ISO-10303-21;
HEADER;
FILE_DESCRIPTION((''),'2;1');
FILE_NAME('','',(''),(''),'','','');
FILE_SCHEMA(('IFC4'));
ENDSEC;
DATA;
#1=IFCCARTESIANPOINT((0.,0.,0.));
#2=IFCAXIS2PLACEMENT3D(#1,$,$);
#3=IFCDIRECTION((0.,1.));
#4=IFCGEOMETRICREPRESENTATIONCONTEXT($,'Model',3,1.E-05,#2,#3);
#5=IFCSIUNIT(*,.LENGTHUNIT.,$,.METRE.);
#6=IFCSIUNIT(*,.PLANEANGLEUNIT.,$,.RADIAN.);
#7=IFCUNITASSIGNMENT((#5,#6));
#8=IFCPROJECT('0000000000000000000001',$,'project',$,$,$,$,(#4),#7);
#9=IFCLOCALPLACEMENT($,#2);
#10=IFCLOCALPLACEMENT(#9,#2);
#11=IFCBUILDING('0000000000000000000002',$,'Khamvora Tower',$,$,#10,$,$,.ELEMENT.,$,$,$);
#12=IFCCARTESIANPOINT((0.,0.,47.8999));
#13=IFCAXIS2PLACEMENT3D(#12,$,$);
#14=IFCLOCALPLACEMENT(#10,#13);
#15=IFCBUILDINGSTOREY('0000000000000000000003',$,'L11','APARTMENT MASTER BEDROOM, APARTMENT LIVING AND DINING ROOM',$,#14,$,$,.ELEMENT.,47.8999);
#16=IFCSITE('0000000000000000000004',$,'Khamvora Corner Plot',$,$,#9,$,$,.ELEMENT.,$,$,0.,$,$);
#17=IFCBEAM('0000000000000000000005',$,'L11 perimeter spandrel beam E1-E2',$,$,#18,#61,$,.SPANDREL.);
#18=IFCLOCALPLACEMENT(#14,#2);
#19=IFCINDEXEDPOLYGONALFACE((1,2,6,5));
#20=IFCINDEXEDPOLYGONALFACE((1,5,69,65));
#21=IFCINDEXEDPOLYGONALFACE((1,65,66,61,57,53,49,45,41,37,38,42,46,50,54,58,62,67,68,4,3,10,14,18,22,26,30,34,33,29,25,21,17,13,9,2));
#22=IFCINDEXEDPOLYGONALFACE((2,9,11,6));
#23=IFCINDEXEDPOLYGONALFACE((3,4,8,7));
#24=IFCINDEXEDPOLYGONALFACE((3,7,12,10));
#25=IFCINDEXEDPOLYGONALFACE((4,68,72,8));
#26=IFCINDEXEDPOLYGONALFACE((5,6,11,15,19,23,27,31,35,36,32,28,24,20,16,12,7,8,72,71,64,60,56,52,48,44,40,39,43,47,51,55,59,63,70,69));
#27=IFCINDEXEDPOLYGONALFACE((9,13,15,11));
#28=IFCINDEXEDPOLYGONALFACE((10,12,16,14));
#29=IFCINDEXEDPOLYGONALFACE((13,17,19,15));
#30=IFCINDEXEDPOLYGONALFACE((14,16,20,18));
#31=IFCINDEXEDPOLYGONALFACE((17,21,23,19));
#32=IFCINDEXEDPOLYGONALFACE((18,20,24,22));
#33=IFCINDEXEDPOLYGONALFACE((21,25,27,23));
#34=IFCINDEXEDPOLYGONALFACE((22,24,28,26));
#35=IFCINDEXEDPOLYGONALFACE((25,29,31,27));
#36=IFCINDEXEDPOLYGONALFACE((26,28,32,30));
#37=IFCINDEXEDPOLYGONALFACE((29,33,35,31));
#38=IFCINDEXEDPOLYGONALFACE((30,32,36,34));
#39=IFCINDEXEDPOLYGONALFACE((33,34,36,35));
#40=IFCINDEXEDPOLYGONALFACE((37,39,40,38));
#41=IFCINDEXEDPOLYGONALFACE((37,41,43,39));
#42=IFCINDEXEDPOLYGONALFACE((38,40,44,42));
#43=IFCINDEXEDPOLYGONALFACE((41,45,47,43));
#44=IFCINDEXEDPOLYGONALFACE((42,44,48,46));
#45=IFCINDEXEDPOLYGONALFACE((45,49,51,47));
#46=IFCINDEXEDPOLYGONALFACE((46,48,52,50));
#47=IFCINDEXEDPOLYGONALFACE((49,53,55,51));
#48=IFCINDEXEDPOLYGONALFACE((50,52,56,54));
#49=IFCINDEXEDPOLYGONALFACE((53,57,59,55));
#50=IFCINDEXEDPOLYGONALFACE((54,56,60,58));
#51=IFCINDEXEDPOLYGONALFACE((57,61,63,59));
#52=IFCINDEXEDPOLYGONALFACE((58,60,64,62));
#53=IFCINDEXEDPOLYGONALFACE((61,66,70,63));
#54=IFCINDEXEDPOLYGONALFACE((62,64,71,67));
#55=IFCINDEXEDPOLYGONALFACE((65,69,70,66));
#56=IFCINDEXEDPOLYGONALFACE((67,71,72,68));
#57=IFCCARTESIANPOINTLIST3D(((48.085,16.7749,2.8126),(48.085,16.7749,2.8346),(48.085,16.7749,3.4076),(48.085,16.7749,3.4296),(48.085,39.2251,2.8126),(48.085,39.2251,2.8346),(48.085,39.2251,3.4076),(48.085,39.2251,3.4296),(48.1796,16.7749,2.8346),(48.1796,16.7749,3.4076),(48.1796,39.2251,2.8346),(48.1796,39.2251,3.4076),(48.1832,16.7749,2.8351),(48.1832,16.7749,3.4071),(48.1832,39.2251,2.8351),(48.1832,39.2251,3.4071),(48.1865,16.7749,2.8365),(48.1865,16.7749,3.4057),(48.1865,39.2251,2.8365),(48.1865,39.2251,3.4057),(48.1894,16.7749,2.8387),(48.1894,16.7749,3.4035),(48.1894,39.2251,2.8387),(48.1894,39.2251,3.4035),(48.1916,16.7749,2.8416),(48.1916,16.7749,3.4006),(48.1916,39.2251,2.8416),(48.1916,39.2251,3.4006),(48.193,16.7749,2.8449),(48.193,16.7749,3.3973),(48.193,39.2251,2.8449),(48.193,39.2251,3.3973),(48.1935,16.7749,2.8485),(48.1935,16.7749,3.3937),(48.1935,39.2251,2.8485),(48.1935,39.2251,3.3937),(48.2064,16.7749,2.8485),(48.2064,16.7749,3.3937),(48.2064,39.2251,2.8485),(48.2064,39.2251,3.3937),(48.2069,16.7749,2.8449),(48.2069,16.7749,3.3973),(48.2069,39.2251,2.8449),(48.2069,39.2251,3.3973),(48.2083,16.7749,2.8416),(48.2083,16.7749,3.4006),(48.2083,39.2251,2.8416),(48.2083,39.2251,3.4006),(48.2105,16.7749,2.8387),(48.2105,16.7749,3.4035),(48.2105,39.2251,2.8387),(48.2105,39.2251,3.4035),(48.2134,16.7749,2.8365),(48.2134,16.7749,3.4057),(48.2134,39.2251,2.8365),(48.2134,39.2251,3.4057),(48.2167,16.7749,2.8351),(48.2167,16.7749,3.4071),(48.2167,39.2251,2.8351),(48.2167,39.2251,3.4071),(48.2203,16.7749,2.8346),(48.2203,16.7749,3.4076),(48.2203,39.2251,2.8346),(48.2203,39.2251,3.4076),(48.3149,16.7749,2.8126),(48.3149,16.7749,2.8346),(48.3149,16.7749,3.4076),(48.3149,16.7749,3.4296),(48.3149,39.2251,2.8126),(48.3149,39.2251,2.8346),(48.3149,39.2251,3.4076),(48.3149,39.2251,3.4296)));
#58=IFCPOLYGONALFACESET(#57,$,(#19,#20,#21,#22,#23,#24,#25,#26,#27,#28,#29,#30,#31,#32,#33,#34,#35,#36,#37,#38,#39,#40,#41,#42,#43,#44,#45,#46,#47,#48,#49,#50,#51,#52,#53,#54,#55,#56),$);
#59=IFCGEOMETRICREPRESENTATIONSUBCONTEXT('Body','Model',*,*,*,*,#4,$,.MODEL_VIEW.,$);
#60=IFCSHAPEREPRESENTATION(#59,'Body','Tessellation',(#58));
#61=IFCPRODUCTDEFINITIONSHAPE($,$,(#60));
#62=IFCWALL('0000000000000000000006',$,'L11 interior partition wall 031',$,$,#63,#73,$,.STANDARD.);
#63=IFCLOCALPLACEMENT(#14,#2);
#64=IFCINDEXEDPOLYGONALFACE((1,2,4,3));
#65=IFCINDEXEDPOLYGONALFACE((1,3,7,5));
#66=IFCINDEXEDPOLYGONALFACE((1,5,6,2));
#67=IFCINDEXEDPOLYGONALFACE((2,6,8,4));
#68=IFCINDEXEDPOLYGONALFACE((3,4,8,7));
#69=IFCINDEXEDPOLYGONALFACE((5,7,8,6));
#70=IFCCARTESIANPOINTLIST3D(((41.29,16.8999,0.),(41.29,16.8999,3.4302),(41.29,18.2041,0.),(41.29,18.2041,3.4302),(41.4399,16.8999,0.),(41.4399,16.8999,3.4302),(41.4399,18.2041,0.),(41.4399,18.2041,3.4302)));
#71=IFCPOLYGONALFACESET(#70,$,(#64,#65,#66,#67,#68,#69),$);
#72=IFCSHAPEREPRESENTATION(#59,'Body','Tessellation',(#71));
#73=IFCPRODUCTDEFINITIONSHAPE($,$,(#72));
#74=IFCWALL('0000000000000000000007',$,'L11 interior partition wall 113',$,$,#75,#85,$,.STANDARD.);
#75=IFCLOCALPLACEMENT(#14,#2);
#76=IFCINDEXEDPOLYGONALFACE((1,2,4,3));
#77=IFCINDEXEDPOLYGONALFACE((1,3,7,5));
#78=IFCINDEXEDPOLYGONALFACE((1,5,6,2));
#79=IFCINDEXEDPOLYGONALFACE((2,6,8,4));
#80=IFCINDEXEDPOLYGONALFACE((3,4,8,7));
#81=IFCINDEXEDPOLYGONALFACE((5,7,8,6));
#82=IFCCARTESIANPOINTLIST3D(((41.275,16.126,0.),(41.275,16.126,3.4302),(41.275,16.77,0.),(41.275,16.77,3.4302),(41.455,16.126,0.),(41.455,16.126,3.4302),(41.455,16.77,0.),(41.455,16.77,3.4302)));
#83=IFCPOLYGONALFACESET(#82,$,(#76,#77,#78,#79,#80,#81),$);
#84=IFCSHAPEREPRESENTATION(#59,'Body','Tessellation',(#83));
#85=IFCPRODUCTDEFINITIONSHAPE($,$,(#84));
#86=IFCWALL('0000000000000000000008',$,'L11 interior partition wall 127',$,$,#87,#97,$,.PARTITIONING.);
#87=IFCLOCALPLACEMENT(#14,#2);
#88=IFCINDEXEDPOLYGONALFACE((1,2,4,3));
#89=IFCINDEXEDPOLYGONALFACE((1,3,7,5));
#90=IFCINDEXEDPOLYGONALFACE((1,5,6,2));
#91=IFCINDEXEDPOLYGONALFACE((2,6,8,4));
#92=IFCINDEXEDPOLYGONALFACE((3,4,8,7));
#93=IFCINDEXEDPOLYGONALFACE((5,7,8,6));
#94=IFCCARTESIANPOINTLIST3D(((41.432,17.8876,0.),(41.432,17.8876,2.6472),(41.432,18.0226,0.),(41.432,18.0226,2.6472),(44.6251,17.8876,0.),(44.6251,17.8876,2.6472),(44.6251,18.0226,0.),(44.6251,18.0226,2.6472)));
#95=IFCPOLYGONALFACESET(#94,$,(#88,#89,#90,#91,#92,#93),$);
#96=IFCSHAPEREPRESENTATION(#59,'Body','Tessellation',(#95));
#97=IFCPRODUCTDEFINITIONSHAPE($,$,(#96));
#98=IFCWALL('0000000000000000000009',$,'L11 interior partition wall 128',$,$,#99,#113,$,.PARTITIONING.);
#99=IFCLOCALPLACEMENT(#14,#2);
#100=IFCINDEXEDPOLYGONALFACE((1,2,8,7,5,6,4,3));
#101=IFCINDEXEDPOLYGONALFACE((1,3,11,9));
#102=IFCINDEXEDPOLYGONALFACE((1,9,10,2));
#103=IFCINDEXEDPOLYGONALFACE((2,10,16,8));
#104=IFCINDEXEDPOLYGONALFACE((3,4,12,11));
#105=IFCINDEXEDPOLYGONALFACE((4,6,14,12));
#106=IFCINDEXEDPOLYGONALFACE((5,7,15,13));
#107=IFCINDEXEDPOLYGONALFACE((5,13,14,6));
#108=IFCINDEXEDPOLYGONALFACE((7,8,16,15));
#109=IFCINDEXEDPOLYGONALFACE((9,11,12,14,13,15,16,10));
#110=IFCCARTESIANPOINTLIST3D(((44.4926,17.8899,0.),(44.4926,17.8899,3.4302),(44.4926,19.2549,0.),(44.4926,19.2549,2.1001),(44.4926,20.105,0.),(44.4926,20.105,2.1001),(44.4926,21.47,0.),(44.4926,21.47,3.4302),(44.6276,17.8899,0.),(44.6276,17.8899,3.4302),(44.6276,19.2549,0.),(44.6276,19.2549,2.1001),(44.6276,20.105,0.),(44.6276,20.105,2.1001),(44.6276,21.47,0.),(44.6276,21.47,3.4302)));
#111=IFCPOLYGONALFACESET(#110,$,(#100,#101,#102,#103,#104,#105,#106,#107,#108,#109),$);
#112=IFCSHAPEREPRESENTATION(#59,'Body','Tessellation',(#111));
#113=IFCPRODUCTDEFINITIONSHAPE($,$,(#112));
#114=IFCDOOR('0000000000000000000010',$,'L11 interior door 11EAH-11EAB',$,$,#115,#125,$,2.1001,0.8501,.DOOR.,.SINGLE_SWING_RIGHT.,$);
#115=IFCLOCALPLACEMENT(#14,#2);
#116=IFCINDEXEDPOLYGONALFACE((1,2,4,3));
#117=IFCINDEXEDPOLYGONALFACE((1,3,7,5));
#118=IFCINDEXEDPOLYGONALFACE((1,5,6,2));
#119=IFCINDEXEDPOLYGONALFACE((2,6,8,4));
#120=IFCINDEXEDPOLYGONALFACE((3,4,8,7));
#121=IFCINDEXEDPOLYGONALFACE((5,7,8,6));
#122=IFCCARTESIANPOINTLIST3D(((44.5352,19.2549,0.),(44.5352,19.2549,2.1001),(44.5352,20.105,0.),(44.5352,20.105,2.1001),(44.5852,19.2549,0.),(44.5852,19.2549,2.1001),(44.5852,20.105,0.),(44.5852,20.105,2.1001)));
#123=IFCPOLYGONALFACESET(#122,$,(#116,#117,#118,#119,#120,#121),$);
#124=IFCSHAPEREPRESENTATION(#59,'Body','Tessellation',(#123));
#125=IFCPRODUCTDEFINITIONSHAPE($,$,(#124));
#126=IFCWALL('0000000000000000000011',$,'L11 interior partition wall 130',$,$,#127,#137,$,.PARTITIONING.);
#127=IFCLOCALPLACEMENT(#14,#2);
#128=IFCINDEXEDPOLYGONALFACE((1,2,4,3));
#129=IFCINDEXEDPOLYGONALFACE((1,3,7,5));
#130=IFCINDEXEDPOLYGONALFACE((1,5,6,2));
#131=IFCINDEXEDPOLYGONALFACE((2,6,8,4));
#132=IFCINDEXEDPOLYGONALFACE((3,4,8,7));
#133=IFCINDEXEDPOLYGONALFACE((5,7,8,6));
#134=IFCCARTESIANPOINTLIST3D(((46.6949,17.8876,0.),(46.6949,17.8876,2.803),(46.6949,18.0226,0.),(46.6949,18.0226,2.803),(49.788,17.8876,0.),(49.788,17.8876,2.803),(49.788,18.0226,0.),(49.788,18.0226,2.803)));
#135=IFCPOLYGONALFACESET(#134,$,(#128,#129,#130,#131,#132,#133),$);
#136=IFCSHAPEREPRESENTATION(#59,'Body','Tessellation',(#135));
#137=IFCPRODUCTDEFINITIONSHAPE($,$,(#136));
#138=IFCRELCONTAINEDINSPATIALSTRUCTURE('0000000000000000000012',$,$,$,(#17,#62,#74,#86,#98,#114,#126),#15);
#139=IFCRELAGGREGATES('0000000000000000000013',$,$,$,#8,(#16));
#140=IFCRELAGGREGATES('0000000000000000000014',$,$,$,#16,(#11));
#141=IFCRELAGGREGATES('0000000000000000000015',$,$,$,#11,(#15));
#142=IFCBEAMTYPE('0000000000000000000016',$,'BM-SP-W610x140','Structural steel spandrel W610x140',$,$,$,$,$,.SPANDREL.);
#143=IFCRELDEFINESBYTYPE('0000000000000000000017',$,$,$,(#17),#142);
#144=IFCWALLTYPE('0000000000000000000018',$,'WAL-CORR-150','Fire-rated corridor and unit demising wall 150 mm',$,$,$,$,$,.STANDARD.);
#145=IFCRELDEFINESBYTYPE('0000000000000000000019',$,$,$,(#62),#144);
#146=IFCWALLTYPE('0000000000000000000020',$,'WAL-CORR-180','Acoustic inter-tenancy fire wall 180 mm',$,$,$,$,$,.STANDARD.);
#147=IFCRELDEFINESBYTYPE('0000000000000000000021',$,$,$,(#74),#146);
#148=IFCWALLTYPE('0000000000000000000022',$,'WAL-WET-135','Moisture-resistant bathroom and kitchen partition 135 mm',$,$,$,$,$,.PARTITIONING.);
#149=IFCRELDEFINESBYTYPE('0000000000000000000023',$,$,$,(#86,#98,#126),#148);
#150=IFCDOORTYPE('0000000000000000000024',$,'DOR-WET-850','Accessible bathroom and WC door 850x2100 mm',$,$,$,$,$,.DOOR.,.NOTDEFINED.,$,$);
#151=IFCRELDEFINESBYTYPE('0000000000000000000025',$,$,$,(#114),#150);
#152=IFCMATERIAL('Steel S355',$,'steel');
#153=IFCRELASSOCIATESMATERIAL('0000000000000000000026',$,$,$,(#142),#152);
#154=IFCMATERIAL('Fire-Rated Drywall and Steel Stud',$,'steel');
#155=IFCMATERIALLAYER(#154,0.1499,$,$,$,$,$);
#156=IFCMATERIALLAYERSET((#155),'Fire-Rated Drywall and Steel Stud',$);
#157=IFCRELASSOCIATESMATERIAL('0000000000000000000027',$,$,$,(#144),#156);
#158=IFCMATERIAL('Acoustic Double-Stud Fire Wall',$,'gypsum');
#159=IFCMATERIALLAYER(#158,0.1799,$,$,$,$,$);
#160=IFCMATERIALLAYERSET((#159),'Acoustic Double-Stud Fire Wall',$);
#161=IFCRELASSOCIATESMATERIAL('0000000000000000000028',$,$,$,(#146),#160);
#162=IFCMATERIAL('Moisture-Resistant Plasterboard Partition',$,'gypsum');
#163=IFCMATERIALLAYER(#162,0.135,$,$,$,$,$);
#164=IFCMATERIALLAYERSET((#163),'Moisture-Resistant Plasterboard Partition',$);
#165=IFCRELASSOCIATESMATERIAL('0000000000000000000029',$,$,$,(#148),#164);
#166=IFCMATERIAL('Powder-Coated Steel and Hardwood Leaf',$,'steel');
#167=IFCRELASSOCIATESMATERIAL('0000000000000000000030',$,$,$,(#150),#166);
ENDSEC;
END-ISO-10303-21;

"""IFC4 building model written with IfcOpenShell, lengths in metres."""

from ifc_helpers import new_model, si_unit, direction, frame, frame_2d, origin, origin_2d, place, context, subcontext, project, spatial, rectangle, i_section, extrude, material, layer, layer_set, material_profile, profile_set, type_object, element, fill, save


model = new_model("IFC4")

# Units and contexts
model_context = context("Model", 3, precision=1e-05, world=origin(), true_north=direction((0.0, 1.0)))
body_context = subcontext(model_context, "Body", "Model", "MODEL_VIEW")
ifc_project = project(units=[si_unit("LENGTHUNIT", "METRE"), si_unit("PLANEANGLEUNIT", "RADIAN")], contexts=[model_context])

# Site, building, storey
site_placement = place(None, origin())
site = spatial("IfcSite", under=ifc_project, at=site_placement, Name="Khamvora Corner Plot", CompositionType="ELEMENT", RefElevation=0.0)
building_placement = place(site_placement, origin())
building = spatial("IfcBuilding", under=site, at=building_placement, Name="Khamvora Tower", CompositionType="ELEMENT")
storey_placement = place(building_placement, frame((0.0, 0.0, 47.8999)))
storey = spatial("IfcBuildingStorey", under=building, at=storey_placement, Name="L11", Description="APARTMENT MASTER BEDROOM, APARTMENT LIVING AND DINING ROOM", CompositionType="ELEMENT", Elevation=47.8999)

# Beam
ifc_material_1 = material(Name="Steel S355", Category="steel")
ifc_material_profile_1 = material_profile(ifc_material_1, i_section(OverallWidth=0.23, OverallDepth=0.6169, WebThickness=0.0129, FlangeThickness=0.022, FilletRadius=0.0139, at=origin_2d()), Name="W610x140")
ifc_profile_set_1 = profile_set([ifc_material_profile_1], Name="Steel S355")
beam_type_1 = type_object("IfcBeamType", Name="BM-SP-W610x140", Description="Structural steel spandrel W610x140", PredefinedType="SPANDREL", material=ifc_profile_set_1)
beam_1_placement = place(storey_placement, frame((48.2, 16.7749, 3.1211), z_axis=(0.0, 1.0, 0.0), x_axis=(-1.0, 0.0, 0.0)))
element("IfcBeam", 1, at=beam_1_placement, inside=storey, type_object=beam_type_1, Name="L11 perimeter spandrel beam E1-E2", PredefinedType="SPANDREL", context=body_context, shape_type="SweptSolid", body=[
    extrude(i_section(OverallWidth=0.23, OverallDepth=0.6169, WebThickness=0.0129, FlangeThickness=0.022, FilletRadius=0.0139, at=origin_2d()), origin(), (0.0, 0.0, 1.0), 22.4502),
])

# Walls
ifc_material_2 = material(Name="Fire-Rated Drywall and Steel Stud", Category="steel")
ifc_layer_1 = layer(ifc_material_2, 0.1499)
ifc_layer_set_1 = layer_set([ifc_layer_1], Name="Fire-Rated Drywall and Steel Stud")
wall_type_1 = type_object("IfcWallType", Name="WAL-CORR-150", Description="Fire-rated corridor and unit demising wall 150 mm", PredefinedType="STANDARD", material=ifc_layer_set_1)
wall_1_placement = place(storey_placement, frame((41.365, 18.2041, 0.0), z_axis=(0.0, 0.0, 1.0), x_axis=(0.0, -1.0, 0.0)))
element("IfcWall", 2, at=wall_1_placement, inside=storey, type_object=wall_type_1, Name="L11 interior partition wall 031", PredefinedType="STANDARD", context=body_context, shape_type="SweptSolid", body=[
    extrude(rectangle(XDim=1.3042, YDim=0.1499, at=frame_2d((0.6521, 0.0))), origin(), (0.0, 0.0, 1.0), 3.4302),
])
ifc_material_3 = material(Name="Acoustic Double-Stud Fire Wall", Category="gypsum")
ifc_layer_2 = layer(ifc_material_3, 0.1799)
ifc_layer_set_2 = layer_set([ifc_layer_2], Name="Acoustic Double-Stud Fire Wall")
wall_type_2 = type_object("IfcWallType", Name="WAL-CORR-180", Description="Acoustic inter-tenancy fire wall 180 mm", PredefinedType="STANDARD", material=ifc_layer_set_2)
wall_2_placement = place(storey_placement, frame((41.365, 16.77, 0.0), z_axis=(0.0, 0.0, 1.0), x_axis=(0.0, -1.0, 0.0)))
element("IfcWall", 3, at=wall_2_placement, inside=storey, type_object=wall_type_2, Name="L11 interior partition wall 113", PredefinedType="STANDARD", context=body_context, shape_type="SweptSolid", body=[
    extrude(rectangle(XDim=0.644, YDim=0.1799, at=frame_2d((0.322, 0.0))), origin(), (0.0, 0.0, 1.0), 3.4302),
])
ifc_material_4 = material(Name="Moisture-Resistant Plasterboard Partition", Category="gypsum")
ifc_layer_3 = layer(ifc_material_4, 0.135)
ifc_layer_set_3 = layer_set([ifc_layer_3], Name="Moisture-Resistant Plasterboard Partition")
wall_type_3 = type_object("IfcWallType", Name="WAL-WET-135", Description="Moisture-resistant bathroom and kitchen partition 135 mm", PredefinedType="PARTITIONING", material=ifc_layer_set_3)
wall_3_placement = place(storey_placement, frame((41.4319, 17.9551, 0.0), z_axis=(0.0, 0.0, 1.0), x_axis=(1.0, 0.0, 0.0)))
element("IfcWall", 4, at=wall_3_placement, inside=storey, type_object=wall_type_3, Name="L11 interior partition wall 127", PredefinedType="PARTITIONING", context=body_context, shape_type="SweptSolid", body=[
    extrude(rectangle(XDim=3.1931, YDim=0.135, at=frame_2d((1.5967, 0.0))), origin(), (0.0, 0.0, 1.0), 2.6472),
])

# Wall, opening, door
wall_4_placement = place(storey_placement, frame((44.5601, 17.8899, 0.0), z_axis=(0.0, 0.0, 1.0), x_axis=(0.0, 1.0, 0.0)))
wall_4 = element("IfcWall", 5, at=wall_4_placement, inside=storey, type_object=wall_type_3, Name="L11 interior partition wall 128", PredefinedType="PARTITIONING", context=body_context, shape_type="SweptSolid", body=[
    extrude(rectangle(XDim=3.5801, YDim=0.135, at=frame_2d((1.79, 0.0))), origin(), (0.0, 0.0, 1.0), 3.4302),
])
opening_placement = place(wall_4_placement, frame((1.365, 0.0, 0.0)))
opening = element("IfcOpeningElement", 6, at=opening_placement, cuts=wall_4, PredefinedType="OPENING", context=body_context, shape_type="SweptSolid", body=[
    extrude(rectangle(XDim=0.8501, YDim=2.1001, at=frame_2d((0.425, 1.05))), frame((0.0, 0.0774, 0.0), z_axis=(0.0, -1.0, 0.0), x_axis=(1.0, 0.0, 0.0)), (0.0, 0.0, 1.0), 0.155),
])
ifc_material_5 = material(Name="Powder-Coated Steel and Hardwood Leaf", Category="steel")
door_type = type_object("IfcDoorType", Name="DOR-WET-850", Description="Accessible bathroom and WC door 850x2100 mm", OperationType="NOTDEFINED", PredefinedType="DOOR", material=ifc_material_5)
door_placement = place(opening_placement, origin())
door = element("IfcDoor", 7, at=door_placement, inside=storey, type_object=door_type, Name="L11 interior door 11EAH-11EAB", OperationType="SINGLE_SWING_RIGHT", OverallHeight=2.1001, OverallWidth=0.8501, PredefinedType="DOOR", context=body_context, shape_type="SweptSolid", body=[
    extrude(rectangle(XDim=0.8501, YDim=2.1001, at=frame_2d((0.425, 1.05))), frame((0.0, 0.0249, 0.0), z_axis=(0.0, -1.0, 0.0), x_axis=(1.0, 0.0, 0.0)), (0.0, 0.0, 1.0), 0.05),
])
fill(opening, door)

# Wall
wall_5_placement = place(storey_placement, frame((46.6951, 17.9551, 0.0), z_axis=(0.0, 0.0, 1.0), x_axis=(1.0, 0.0, 0.0)))
element("IfcWall", 8, at=wall_5_placement, inside=storey, type_object=wall_type_3, Name="L11 interior partition wall 130", PredefinedType="PARTITIONING", context=body_context, shape_type="SweptSolid", body=[
    extrude(rectangle(XDim=3.093, YDim=0.135, at=frame_2d((1.5464, 0.0))), origin(), (0.0, 0.0, 1.0), 2.803),
])

save(model, "model.ifc")
